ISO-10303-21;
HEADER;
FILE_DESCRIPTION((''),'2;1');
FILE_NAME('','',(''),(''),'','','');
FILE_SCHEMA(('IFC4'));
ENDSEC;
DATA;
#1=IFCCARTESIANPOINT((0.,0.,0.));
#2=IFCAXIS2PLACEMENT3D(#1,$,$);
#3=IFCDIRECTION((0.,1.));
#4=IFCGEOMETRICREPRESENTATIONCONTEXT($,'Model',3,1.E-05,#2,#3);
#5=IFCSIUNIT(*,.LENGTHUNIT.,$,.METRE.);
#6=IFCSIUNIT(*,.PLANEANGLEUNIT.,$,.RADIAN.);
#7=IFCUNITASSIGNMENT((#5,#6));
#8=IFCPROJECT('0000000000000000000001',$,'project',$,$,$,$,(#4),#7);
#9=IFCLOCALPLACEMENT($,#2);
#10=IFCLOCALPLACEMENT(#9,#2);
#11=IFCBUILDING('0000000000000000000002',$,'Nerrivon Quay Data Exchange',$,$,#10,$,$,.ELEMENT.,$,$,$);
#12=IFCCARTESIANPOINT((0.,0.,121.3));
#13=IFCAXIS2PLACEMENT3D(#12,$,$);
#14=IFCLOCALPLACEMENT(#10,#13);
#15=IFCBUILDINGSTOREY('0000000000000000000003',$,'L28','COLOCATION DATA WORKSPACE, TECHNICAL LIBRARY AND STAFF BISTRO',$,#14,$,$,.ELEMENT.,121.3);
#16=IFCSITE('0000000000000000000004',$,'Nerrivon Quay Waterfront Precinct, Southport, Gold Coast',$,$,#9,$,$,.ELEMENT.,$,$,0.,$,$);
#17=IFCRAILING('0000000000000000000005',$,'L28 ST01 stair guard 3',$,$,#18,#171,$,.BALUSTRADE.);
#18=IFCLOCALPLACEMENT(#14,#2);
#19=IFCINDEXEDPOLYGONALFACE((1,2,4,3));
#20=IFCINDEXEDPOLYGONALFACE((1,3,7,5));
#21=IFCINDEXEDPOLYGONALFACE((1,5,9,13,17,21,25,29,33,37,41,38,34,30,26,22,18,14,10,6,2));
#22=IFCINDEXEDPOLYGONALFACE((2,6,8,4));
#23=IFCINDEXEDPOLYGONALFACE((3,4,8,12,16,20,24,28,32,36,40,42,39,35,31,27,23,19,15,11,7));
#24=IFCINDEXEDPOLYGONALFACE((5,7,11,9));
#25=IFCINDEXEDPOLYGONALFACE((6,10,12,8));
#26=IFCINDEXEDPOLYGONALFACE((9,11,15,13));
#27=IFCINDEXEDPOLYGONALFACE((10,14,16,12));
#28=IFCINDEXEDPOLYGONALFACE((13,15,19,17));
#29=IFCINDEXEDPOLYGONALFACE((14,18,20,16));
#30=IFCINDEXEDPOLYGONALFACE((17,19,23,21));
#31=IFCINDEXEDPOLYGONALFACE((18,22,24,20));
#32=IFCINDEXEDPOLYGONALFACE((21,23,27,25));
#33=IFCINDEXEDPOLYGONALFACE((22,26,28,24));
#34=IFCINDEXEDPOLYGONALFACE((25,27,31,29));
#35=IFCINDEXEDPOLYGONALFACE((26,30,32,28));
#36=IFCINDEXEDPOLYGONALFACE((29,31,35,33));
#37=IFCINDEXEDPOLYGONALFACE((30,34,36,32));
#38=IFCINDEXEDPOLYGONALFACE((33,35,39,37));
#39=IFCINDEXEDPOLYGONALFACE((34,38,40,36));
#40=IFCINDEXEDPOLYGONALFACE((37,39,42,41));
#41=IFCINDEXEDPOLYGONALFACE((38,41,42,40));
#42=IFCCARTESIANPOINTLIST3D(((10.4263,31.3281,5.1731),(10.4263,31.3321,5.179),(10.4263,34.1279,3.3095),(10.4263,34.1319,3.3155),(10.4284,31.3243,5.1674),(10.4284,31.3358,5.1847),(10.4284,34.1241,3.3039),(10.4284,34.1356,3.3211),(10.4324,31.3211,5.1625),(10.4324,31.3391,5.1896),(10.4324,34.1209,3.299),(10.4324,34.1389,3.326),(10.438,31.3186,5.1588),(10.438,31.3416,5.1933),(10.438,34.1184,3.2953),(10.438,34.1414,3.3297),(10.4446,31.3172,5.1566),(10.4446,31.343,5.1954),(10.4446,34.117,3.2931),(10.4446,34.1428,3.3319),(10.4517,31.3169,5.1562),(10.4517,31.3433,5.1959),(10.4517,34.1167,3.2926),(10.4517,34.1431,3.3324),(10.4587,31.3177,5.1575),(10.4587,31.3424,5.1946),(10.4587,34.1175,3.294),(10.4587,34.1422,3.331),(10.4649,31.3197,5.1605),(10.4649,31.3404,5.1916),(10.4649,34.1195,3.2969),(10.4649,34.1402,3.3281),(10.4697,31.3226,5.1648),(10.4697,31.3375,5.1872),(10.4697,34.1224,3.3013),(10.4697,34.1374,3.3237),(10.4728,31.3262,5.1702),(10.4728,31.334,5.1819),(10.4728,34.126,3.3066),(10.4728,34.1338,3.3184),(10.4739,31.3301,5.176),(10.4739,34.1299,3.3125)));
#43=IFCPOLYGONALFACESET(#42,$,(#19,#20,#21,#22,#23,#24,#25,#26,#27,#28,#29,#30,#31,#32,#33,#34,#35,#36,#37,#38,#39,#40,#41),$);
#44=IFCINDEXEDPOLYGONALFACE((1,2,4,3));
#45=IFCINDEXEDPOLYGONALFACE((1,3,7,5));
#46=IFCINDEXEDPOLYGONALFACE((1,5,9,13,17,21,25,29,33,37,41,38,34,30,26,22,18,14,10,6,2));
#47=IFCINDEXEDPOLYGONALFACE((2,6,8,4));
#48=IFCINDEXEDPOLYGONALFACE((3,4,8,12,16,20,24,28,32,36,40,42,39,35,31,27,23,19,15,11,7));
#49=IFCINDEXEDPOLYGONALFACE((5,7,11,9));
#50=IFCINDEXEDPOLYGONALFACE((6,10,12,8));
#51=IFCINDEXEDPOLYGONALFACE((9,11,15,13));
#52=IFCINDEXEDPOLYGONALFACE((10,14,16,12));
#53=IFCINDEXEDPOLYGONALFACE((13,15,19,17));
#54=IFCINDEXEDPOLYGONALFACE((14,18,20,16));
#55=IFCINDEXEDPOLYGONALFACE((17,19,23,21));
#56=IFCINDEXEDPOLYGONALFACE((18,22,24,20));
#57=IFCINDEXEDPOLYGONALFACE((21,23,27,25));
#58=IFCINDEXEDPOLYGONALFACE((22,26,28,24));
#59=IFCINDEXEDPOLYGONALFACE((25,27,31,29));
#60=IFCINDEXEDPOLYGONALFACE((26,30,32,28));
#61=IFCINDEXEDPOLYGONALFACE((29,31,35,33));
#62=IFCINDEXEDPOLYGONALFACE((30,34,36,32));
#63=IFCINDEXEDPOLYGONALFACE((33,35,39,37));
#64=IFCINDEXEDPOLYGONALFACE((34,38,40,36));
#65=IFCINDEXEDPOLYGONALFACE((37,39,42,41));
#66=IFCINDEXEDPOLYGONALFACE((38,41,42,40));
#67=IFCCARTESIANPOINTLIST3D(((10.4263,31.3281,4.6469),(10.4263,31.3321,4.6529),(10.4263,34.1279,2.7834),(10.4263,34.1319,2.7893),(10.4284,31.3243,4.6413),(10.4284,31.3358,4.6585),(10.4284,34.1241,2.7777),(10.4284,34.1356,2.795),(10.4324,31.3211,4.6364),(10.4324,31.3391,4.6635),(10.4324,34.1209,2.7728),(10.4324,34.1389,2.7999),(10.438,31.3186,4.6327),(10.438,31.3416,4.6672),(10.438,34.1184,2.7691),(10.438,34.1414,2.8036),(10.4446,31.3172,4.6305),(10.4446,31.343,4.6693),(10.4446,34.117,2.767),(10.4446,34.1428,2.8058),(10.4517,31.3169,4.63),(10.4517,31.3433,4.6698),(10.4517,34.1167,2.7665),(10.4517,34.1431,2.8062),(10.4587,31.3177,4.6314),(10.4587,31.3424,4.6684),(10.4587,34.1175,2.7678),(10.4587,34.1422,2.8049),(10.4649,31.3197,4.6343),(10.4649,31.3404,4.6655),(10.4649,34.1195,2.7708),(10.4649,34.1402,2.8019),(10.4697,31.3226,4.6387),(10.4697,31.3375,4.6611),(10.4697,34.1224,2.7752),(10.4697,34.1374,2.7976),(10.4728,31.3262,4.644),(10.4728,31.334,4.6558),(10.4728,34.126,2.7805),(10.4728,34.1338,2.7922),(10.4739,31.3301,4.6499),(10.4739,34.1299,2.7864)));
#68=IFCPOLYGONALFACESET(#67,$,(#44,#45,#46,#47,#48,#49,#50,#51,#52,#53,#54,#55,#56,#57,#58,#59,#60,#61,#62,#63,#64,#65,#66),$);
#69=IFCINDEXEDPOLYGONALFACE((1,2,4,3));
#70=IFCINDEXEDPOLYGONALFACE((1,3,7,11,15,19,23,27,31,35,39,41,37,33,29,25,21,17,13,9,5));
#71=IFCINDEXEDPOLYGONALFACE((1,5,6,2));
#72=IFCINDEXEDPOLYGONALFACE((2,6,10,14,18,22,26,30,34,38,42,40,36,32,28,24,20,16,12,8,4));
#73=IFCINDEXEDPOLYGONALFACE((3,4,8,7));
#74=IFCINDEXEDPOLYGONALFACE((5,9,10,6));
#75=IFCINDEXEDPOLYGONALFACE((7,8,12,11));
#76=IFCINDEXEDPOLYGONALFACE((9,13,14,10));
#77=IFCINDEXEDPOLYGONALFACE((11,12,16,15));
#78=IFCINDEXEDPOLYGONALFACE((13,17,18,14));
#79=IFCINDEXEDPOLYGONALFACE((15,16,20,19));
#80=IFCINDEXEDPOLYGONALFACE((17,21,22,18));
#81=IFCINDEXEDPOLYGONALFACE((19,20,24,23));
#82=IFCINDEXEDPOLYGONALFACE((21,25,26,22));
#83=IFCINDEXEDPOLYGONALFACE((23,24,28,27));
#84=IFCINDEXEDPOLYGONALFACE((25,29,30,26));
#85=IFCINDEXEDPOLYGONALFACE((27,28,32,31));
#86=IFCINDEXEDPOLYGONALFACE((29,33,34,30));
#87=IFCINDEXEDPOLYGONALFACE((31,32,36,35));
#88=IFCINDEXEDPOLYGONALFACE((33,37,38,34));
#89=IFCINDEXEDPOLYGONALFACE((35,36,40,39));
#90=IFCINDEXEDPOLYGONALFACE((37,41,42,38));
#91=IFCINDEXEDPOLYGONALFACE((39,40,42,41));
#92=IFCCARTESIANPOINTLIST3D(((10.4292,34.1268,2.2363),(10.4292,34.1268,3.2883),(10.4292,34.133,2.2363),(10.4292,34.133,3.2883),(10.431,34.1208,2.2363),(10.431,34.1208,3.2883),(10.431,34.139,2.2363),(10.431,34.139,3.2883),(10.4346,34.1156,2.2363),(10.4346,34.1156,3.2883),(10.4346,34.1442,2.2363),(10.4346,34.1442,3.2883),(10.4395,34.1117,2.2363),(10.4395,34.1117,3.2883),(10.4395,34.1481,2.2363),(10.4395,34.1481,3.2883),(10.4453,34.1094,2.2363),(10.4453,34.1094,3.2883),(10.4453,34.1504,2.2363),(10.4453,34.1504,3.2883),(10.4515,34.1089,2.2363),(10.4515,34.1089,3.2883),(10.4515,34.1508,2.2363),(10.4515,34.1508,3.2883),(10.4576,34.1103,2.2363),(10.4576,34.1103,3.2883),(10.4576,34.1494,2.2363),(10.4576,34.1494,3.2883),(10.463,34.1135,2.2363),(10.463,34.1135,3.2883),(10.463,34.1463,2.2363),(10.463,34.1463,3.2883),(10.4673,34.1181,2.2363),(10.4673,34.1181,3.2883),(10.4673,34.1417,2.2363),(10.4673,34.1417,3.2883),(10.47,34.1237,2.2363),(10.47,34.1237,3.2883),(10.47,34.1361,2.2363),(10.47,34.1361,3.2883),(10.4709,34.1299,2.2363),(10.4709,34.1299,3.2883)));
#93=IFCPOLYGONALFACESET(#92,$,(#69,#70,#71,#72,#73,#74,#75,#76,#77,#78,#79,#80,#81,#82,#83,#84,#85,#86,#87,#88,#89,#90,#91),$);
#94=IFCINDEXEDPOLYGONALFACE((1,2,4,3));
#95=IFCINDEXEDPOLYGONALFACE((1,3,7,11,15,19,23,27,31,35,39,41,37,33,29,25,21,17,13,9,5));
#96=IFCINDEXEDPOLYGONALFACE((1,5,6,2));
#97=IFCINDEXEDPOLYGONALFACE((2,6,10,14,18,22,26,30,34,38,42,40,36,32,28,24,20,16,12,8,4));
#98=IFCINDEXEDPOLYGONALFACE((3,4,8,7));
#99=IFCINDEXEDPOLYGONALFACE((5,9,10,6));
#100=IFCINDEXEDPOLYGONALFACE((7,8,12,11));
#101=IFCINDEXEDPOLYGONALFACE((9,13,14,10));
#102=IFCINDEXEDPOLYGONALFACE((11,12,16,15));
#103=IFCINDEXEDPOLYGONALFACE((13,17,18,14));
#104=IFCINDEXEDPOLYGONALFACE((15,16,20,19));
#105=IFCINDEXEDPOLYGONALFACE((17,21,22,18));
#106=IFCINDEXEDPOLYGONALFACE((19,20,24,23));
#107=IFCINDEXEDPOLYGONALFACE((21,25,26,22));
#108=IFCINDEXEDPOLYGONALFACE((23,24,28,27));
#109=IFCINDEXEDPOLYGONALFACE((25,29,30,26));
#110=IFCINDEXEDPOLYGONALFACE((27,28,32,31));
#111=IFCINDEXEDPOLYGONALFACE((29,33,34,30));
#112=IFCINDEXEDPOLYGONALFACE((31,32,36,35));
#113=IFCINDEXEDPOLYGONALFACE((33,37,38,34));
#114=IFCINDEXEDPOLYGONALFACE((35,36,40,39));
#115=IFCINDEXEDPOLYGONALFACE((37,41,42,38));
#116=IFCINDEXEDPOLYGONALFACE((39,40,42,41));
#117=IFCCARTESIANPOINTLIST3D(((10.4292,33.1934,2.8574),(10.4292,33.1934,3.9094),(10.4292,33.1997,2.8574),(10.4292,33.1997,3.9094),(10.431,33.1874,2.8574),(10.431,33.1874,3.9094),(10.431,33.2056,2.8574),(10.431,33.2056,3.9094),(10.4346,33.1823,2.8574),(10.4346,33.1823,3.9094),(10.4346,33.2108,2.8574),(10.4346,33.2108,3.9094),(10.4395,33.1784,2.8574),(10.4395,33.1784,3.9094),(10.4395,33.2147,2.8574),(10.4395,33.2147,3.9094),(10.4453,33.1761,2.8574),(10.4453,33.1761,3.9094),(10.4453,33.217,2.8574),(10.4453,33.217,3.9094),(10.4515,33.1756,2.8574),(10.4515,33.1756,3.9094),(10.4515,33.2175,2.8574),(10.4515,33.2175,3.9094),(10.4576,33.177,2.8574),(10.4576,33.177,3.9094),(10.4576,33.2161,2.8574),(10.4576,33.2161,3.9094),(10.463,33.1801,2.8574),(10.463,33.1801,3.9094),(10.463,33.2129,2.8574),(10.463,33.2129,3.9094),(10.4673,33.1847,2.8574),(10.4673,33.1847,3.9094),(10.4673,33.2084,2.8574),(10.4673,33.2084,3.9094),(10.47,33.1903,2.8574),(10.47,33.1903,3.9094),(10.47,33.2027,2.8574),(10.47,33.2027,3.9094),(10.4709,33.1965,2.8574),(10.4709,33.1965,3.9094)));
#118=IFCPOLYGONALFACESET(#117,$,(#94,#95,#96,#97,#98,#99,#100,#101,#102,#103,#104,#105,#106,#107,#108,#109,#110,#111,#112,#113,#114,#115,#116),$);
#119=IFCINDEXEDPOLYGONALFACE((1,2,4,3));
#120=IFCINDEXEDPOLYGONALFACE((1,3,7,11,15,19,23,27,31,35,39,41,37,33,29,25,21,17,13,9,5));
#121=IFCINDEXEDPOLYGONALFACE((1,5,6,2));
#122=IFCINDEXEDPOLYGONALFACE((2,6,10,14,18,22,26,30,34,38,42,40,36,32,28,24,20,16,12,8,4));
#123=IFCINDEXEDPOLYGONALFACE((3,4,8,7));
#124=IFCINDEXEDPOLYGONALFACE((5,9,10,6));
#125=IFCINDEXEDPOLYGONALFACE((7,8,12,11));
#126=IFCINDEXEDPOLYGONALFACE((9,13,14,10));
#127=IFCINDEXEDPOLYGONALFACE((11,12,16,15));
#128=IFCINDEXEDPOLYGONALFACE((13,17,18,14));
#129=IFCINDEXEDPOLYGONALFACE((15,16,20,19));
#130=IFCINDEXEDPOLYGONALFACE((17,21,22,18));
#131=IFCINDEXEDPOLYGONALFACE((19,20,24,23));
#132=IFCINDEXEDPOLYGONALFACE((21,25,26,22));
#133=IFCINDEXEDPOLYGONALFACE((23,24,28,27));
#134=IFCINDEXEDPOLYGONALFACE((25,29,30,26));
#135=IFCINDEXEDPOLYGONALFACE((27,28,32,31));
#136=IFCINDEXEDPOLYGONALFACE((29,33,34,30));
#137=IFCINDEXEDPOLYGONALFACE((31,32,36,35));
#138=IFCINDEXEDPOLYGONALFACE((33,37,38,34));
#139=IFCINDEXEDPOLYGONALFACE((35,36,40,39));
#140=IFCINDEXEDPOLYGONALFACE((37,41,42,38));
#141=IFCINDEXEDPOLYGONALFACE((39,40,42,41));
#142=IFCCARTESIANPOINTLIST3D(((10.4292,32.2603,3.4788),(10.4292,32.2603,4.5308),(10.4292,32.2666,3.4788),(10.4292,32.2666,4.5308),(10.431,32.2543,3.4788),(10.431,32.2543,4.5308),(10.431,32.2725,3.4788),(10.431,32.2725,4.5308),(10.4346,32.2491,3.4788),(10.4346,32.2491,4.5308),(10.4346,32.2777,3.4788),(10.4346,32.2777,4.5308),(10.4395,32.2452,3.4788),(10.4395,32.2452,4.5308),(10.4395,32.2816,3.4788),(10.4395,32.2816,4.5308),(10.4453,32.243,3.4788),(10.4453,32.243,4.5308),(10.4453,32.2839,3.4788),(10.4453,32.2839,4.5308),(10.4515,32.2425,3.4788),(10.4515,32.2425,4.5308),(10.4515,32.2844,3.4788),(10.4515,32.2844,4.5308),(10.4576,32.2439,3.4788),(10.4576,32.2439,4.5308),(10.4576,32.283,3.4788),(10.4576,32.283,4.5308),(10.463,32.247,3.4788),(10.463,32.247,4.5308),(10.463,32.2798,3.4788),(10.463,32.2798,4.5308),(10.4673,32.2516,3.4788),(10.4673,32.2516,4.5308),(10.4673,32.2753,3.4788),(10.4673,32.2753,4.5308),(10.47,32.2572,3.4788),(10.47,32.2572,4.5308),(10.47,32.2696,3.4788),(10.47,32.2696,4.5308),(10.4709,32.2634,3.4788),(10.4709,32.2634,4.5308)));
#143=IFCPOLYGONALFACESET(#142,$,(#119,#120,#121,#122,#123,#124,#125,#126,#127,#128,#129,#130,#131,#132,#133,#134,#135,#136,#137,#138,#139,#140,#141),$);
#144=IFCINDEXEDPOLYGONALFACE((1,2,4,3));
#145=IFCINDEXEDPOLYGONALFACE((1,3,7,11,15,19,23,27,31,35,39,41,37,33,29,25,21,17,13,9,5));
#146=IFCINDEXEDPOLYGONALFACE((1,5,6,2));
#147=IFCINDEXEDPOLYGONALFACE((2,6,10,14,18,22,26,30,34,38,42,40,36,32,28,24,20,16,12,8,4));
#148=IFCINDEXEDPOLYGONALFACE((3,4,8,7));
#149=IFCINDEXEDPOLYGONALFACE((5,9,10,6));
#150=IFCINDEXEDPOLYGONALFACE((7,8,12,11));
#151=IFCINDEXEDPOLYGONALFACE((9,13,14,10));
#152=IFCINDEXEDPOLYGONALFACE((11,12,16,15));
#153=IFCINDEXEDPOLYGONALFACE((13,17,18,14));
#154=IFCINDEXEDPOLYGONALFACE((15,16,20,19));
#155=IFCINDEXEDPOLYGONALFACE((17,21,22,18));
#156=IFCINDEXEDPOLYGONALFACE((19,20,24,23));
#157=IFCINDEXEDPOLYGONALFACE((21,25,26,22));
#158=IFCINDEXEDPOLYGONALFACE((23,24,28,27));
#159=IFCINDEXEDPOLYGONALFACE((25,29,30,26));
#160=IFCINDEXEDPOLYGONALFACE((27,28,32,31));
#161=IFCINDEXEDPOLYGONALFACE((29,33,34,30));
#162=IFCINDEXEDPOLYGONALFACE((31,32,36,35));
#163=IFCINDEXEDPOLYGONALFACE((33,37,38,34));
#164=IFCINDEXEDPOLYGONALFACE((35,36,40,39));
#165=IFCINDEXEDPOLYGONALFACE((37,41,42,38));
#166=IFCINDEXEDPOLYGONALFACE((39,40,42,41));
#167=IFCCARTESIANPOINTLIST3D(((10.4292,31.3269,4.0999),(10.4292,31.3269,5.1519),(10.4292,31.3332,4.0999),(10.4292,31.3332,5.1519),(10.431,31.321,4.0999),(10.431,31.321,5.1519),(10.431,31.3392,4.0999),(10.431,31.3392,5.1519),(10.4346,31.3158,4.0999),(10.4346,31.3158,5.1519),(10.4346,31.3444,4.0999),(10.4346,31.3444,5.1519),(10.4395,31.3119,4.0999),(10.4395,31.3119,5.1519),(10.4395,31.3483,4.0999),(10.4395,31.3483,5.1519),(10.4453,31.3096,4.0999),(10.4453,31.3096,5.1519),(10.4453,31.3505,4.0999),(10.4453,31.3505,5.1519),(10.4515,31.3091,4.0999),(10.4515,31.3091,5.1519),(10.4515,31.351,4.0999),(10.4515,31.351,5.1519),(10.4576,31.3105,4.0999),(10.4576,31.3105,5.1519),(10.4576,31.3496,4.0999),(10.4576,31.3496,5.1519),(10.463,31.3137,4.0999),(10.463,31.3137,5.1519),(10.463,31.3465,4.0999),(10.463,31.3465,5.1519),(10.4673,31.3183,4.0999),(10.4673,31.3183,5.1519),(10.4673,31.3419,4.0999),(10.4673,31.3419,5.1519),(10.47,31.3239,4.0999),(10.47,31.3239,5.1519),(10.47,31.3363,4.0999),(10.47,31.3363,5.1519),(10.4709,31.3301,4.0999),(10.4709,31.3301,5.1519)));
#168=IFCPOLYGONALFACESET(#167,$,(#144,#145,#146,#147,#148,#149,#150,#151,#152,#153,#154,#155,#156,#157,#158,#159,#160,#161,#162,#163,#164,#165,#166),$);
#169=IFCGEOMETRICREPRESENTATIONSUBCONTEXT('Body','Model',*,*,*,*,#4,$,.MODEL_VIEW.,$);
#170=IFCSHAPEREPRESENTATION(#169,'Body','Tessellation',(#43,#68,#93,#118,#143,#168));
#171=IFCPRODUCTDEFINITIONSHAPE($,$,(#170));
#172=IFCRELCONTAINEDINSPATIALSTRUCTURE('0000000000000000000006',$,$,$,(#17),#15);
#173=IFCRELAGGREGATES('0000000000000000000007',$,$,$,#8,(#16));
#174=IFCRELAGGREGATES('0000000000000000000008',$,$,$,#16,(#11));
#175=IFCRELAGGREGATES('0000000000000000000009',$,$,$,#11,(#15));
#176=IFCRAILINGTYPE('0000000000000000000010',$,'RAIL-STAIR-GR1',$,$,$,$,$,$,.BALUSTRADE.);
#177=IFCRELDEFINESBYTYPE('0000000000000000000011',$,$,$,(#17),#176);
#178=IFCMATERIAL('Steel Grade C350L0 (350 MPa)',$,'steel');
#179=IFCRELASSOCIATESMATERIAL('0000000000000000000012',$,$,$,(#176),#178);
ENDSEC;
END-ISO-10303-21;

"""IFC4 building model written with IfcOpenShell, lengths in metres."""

from ifc_helpers import new_model, si_unit, direction, frame, origin, origin_2d, place, context, subcontext, project, spatial, circle, extrude, material, type_object, element, save


model = new_model("IFC4")

# Units and contexts
model_context = context("Model", 3, precision=1e-05, world=origin(), true_north=direction((0.0, 1.0)))
body_context = subcontext(model_context, "Body", "Model", "MODEL_VIEW")
ifc_project = project(units=[si_unit("LENGTHUNIT", "METRE"), si_unit("PLANEANGLEUNIT", "RADIAN")], contexts=[model_context])

# Site, building, storey
site_placement = place(None, origin())
site = spatial("IfcSite", under=ifc_project, at=site_placement, Name="Nerrivon Quay Waterfront Precinct, Southport, Gold Coast", CompositionType="ELEMENT", RefElevation=0.0)
building_placement = place(site_placement, origin())
building = spatial("IfcBuilding", under=site, at=building_placement, Name="Nerrivon Quay Data Exchange", CompositionType="ELEMENT")
storey_placement = place(building_placement, frame((0.0, 0.0, 121.3)))
storey = spatial("IfcBuildingStorey", under=building, at=storey_placement, Name="L28", Description="COLOCATION DATA WORKSPACE, TECHNICAL LIBRARY AND STAFF BISTRO", CompositionType="ELEMENT", Elevation=121.3)

# Railing
ifc_material_1 = material(Name="Steel Grade C350L0 (350 MPa)", Category="steel")
railing_type_1 = type_object("IfcRailingType", Name="RAIL-STAIR-GR1", PredefinedType="BALUSTRADE", material=ifc_material_1)
railing_1_placement = place(storey_placement, frame((10.45, 34.1299, 2.2363)))
element("IfcRailing", 1, at=railing_1_placement, inside=storey, type_object=railing_type_1, Name="L28 ST01 stair guard 3", PredefinedType="BALUSTRADE", context=body_context, shape_type="SweptSolid", body=[
    extrude(circle(Radius=0.0239, at=origin_2d()), frame((0.0, 0.0, 1.0762), z_axis=(0.0, -0.832463, 0.55408), x_axis=(1.0, 0.0, 0.0)), (0.0, 0.0, 1.0), 3.3633),
    extrude(circle(Radius=0.0239, at=origin_2d()), frame((0.0, 0.0, 0.55), z_axis=(0.0, -0.832463, 0.55408), x_axis=(1.0, 0.0, 0.0)), (0.0, 0.0, 1.0), 3.3633),
    extrude(circle(Radius=0.021, at=origin_2d()), origin(), (0.0, 0.0, 1.0), 1.052),
    extrude(circle(Radius=0.021, at=origin_2d()), frame((0.0, -0.9333, 0.6211)), (0.0, 0.0, 1.0), 1.052),
    extrude(circle(Radius=0.021, at=origin_2d()), frame((0.0, -1.8665, 1.2424)), (0.0, 0.0, 1.0), 1.052),
    extrude(circle(Radius=0.021, at=origin_2d()), frame((0.0, -2.7998, 1.8635)), (0.0, 0.0, 1.0), 1.052),
])

save(model, "model.ifc")
